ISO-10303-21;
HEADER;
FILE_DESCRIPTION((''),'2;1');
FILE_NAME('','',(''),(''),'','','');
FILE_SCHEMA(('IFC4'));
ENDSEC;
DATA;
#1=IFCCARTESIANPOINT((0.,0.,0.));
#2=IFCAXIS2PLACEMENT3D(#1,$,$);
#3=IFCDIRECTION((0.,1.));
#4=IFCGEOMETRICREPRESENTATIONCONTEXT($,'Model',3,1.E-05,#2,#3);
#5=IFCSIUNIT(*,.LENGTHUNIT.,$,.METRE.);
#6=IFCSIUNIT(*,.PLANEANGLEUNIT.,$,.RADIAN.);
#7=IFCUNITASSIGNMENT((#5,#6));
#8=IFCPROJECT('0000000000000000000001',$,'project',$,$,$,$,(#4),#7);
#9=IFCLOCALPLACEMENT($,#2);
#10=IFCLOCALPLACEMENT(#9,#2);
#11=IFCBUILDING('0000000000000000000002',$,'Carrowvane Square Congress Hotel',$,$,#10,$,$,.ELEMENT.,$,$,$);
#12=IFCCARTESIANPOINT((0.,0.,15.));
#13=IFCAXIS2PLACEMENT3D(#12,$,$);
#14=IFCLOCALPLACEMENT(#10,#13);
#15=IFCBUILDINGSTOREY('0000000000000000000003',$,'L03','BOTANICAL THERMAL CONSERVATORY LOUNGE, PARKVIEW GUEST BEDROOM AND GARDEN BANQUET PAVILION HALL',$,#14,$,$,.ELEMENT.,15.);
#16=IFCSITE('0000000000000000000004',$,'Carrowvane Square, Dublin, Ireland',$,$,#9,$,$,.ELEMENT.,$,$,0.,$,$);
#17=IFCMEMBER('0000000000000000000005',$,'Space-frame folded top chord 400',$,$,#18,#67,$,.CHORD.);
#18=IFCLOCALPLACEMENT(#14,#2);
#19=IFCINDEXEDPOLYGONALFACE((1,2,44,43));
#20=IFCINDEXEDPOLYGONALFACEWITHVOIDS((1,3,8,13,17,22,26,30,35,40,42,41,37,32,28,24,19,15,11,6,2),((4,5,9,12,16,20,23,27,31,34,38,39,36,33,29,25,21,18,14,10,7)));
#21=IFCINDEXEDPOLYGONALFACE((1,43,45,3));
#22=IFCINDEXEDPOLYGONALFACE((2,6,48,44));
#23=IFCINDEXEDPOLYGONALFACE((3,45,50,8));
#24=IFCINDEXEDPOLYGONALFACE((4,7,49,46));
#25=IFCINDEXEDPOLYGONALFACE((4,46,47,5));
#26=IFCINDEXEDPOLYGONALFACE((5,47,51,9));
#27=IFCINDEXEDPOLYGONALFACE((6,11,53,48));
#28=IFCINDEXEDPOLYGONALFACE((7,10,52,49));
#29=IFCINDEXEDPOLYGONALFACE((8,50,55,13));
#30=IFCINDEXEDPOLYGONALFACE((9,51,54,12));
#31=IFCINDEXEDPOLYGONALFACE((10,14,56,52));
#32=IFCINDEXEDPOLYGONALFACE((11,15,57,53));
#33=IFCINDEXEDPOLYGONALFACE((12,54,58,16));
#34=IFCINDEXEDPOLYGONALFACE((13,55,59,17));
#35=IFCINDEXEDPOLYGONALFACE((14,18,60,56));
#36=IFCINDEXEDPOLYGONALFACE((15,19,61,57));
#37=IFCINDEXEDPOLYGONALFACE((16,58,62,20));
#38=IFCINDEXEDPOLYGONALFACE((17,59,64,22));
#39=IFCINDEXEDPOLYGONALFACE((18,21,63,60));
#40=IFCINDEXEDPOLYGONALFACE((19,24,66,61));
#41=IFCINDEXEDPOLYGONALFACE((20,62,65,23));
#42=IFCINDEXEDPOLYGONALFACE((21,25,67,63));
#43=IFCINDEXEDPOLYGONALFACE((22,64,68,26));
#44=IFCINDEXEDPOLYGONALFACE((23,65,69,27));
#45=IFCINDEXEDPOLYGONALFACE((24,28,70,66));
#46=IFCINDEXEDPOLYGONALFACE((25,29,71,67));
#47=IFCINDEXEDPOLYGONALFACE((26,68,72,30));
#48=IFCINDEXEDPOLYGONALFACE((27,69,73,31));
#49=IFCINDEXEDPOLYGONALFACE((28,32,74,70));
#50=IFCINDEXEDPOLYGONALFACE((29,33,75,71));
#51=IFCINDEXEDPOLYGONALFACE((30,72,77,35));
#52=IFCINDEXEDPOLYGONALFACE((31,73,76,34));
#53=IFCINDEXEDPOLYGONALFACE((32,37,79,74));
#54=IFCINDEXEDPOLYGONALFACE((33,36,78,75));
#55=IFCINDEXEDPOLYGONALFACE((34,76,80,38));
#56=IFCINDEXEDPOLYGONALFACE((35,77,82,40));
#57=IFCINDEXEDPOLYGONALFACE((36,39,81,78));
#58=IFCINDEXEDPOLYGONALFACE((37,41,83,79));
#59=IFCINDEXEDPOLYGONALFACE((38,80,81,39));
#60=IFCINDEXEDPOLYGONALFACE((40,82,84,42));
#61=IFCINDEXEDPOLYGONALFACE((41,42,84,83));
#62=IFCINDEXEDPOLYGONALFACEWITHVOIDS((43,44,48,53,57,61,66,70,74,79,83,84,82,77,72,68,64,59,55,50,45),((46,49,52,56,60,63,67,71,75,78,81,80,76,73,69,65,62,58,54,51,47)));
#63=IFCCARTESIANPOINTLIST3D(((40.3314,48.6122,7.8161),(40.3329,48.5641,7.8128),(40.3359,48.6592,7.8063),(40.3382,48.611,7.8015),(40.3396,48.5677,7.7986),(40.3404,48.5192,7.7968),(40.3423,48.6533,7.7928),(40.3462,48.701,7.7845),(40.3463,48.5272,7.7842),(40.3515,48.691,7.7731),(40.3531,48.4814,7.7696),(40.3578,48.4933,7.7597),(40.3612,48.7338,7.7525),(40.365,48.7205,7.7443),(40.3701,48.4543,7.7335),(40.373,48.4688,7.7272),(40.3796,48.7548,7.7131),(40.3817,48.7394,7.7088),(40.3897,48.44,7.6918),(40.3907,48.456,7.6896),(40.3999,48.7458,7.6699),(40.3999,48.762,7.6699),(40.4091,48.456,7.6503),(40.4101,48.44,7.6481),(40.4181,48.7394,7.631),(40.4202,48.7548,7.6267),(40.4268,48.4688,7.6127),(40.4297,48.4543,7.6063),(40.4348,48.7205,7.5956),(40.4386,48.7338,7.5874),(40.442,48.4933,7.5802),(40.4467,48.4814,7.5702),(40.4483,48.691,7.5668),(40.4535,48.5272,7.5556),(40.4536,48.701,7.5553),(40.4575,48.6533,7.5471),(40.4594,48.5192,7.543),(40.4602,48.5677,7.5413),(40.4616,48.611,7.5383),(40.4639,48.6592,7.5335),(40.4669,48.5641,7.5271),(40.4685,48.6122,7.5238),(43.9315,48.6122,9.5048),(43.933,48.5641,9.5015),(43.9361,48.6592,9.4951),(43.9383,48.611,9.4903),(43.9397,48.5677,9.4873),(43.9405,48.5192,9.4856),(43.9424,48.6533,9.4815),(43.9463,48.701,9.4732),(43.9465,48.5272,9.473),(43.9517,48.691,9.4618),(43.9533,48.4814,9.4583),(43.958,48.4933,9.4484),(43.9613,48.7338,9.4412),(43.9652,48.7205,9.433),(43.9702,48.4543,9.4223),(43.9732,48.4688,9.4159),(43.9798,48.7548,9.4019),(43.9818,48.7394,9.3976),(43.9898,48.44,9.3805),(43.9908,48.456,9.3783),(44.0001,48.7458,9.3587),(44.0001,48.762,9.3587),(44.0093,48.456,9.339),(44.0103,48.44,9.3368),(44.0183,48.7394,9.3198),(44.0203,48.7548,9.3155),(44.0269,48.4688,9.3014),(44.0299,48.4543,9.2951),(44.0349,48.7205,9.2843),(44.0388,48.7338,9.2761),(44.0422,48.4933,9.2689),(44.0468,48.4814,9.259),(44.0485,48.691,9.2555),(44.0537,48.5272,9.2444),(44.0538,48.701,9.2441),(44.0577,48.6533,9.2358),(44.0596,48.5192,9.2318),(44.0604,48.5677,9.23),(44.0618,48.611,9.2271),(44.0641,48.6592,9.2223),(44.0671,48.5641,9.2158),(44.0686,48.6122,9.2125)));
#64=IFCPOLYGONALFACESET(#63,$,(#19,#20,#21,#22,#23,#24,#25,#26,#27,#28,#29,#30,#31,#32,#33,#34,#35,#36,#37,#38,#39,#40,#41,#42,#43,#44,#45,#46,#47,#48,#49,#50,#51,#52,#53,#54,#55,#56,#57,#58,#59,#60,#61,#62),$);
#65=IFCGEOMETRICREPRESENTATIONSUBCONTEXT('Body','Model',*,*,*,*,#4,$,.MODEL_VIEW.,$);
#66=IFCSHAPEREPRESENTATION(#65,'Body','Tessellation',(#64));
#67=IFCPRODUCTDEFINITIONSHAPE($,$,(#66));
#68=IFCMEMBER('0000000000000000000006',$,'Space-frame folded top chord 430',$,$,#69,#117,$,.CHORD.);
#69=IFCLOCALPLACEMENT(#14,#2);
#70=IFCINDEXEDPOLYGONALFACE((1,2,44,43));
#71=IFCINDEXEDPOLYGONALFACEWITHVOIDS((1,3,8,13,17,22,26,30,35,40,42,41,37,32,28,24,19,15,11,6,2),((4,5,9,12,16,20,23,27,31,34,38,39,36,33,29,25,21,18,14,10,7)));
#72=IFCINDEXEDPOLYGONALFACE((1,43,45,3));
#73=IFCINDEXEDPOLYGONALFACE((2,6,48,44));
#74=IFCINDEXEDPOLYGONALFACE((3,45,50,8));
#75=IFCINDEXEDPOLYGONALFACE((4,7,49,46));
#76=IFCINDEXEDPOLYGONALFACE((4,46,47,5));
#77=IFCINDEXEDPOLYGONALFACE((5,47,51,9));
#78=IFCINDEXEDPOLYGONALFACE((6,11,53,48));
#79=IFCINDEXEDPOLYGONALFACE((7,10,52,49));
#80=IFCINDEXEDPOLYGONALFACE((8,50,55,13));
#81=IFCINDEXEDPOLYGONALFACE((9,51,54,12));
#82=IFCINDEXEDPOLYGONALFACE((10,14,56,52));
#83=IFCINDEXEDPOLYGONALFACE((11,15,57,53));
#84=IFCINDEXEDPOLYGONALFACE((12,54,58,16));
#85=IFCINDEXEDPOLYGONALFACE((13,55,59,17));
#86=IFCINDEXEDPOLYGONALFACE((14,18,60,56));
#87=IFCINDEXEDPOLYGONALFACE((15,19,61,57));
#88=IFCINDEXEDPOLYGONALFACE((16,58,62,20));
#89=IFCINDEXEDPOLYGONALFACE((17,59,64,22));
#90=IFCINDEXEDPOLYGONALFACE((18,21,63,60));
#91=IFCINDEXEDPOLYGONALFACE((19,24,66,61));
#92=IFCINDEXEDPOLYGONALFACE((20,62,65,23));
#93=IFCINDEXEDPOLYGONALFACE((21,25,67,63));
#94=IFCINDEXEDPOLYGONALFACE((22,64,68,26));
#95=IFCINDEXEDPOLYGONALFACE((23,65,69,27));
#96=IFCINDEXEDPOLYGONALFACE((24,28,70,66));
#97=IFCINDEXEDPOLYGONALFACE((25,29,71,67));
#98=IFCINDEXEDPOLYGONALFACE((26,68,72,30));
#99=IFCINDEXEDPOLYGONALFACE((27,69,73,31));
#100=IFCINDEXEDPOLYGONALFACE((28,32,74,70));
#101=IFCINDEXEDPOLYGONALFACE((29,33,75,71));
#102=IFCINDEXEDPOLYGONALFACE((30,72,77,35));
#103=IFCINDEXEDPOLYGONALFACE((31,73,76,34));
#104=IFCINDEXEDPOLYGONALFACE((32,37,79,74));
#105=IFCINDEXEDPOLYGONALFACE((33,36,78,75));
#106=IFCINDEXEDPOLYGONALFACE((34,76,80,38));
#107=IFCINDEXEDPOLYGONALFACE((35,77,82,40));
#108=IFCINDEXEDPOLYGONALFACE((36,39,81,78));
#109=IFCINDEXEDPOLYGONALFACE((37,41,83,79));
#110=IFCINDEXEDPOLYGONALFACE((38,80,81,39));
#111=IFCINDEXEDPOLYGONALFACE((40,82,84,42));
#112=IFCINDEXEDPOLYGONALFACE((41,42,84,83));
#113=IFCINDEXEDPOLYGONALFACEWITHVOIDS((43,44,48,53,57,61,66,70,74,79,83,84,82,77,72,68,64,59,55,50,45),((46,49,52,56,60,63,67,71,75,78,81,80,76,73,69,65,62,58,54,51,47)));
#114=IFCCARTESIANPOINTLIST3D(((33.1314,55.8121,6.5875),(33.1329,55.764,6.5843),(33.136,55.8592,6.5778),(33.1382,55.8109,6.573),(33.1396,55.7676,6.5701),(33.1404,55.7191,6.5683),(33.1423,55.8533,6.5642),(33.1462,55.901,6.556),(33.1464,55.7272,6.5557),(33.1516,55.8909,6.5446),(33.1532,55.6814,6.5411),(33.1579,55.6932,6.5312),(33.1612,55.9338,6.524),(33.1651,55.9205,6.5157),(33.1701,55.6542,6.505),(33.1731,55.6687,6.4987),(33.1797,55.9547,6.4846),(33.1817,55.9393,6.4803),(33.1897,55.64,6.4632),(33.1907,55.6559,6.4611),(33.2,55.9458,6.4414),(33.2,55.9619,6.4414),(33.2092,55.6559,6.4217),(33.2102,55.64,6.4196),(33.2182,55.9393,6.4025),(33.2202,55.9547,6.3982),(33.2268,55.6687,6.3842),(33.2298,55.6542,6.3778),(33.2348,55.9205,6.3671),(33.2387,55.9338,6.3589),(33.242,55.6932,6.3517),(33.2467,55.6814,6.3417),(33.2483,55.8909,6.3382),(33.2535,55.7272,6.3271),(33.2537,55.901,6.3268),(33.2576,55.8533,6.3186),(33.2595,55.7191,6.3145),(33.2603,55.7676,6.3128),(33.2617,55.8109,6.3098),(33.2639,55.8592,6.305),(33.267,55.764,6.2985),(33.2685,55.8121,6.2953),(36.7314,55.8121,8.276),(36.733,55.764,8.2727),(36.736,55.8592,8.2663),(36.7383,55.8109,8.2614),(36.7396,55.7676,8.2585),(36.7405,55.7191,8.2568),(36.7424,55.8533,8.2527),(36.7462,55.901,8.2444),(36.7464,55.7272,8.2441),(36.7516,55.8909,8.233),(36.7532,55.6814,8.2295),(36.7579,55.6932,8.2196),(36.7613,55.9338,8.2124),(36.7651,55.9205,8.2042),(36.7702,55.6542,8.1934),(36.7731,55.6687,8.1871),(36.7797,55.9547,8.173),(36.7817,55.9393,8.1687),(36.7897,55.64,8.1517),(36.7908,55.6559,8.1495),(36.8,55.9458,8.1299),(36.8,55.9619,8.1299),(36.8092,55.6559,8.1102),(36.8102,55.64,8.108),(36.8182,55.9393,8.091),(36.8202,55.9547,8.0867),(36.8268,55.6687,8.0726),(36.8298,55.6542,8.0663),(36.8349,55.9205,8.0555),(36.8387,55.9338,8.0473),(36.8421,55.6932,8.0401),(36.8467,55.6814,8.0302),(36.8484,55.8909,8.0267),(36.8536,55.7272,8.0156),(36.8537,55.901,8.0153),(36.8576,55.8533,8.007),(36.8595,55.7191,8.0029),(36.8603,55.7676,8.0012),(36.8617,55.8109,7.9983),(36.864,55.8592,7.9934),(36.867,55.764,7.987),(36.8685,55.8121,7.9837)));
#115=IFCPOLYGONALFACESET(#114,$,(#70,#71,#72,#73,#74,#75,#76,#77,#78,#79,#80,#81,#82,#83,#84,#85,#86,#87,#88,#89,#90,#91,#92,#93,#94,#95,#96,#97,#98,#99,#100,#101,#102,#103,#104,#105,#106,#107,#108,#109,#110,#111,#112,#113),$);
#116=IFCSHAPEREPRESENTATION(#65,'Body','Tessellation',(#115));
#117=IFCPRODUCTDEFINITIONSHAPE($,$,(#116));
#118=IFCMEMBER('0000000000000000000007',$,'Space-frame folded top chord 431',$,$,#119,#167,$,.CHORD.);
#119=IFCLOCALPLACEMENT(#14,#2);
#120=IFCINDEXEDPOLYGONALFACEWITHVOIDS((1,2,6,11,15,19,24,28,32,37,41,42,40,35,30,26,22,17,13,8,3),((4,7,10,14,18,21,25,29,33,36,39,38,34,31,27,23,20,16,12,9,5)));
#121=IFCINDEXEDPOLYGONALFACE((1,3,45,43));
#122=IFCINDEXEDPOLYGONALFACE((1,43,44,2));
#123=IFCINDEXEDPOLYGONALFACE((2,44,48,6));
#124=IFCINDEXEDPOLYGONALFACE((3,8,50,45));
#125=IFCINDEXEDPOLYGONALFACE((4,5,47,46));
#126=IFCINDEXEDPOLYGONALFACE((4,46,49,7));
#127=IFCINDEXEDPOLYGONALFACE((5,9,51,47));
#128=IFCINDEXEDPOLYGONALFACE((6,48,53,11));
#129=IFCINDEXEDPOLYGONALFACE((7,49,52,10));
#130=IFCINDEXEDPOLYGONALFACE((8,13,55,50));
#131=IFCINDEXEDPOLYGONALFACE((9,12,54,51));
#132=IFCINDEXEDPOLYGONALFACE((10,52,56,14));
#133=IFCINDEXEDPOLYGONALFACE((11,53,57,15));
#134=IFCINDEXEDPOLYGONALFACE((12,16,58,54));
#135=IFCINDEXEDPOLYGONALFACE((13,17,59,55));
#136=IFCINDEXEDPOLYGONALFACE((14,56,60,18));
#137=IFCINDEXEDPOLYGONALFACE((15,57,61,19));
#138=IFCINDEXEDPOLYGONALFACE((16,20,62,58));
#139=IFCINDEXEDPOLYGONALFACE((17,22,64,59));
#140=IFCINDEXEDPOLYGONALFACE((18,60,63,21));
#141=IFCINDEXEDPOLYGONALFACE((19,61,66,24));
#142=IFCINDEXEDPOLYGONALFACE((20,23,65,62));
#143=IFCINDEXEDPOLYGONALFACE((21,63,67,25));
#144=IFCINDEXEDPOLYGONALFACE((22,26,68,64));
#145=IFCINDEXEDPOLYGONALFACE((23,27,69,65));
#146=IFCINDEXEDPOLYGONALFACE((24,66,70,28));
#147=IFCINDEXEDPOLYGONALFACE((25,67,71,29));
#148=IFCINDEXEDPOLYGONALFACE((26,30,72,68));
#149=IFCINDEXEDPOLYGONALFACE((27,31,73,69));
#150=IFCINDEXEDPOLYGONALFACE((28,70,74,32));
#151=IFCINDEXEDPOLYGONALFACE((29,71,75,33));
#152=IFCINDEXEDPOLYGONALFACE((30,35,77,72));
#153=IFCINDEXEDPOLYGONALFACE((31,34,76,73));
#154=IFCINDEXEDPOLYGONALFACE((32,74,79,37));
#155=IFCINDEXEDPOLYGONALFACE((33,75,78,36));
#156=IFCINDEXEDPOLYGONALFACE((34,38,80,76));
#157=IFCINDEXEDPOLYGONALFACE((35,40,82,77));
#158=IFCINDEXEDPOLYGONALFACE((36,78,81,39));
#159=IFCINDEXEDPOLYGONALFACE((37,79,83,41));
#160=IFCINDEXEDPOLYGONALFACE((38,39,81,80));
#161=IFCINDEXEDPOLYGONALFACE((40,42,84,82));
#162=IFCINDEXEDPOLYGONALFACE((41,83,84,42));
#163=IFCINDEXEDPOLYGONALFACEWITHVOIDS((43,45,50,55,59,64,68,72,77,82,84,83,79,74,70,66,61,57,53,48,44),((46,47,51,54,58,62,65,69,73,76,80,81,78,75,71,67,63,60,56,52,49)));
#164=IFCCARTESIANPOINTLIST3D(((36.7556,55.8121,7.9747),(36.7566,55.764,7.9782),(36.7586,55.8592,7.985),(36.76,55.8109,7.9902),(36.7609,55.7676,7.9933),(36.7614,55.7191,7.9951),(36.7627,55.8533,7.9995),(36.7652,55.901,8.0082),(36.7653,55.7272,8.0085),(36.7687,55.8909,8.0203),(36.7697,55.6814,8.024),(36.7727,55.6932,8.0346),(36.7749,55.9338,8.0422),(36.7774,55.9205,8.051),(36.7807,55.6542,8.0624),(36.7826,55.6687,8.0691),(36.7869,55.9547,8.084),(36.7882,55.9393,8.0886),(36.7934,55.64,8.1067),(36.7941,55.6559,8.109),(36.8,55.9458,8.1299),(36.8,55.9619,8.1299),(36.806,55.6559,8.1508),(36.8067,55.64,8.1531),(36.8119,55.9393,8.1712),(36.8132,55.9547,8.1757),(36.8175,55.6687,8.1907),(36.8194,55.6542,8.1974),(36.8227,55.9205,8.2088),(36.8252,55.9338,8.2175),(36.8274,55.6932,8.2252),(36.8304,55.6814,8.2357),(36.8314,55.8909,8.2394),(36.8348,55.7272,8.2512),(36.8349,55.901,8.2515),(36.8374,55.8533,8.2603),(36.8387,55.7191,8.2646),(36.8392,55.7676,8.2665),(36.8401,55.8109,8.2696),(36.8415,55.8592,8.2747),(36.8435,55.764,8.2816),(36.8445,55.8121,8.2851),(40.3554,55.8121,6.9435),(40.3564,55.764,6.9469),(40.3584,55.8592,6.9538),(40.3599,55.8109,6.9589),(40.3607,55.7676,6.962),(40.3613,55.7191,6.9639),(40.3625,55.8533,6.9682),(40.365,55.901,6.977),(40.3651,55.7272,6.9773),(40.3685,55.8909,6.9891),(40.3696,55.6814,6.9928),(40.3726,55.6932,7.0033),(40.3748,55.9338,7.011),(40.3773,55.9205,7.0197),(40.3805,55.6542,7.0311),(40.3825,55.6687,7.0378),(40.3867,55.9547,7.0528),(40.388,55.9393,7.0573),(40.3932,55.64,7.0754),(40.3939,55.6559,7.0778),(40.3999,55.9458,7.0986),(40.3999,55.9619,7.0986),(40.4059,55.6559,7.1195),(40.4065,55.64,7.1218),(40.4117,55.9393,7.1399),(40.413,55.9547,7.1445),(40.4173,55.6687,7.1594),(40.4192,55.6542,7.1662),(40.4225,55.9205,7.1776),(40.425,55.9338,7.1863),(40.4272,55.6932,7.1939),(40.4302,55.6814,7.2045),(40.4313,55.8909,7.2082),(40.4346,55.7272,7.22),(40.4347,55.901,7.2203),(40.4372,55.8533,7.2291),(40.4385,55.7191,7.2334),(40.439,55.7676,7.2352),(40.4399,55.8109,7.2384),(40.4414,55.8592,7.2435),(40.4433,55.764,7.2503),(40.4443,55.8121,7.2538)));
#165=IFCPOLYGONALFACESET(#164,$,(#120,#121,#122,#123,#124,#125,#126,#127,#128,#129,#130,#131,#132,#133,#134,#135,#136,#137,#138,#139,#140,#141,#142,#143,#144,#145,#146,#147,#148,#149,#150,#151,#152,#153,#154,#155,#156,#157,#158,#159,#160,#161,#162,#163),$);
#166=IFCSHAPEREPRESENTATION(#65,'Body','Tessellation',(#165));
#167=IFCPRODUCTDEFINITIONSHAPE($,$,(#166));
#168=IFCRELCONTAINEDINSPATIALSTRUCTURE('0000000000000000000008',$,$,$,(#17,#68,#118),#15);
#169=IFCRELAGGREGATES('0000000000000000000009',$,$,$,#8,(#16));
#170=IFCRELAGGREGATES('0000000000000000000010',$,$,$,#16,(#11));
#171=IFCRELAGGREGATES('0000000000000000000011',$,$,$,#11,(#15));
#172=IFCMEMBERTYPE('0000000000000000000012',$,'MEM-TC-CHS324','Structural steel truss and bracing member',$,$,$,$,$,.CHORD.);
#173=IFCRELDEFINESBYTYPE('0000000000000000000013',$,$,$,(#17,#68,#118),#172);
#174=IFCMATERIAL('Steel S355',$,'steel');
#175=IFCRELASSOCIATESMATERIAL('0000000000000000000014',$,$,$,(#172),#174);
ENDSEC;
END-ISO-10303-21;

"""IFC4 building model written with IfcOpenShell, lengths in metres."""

from ifc_helpers import new_model, si_unit, direction, frame, origin, origin_2d, place, context, subcontext, project, spatial, hollow_circle, extrude, material, material_profile, profile_set, type_object, element, save


model = new_model("IFC4")

# Units and contexts
model_context = context("Model", 3, precision=1e-05, world=origin(), true_north=direction((0.0, 1.0)))
body_context = subcontext(model_context, "Body", "Model", "MODEL_VIEW")
ifc_project = project(units=[si_unit("LENGTHUNIT", "METRE"), si_unit("PLANEANGLEUNIT", "RADIAN")], contexts=[model_context])

# Site, building, storey
site_placement = place(None, origin())
site = spatial("IfcSite", under=ifc_project, at=site_placement, Name="Carrowvane Square, Dublin, Ireland", CompositionType="ELEMENT", RefElevation=0.0)
building_placement = place(site_placement, origin())
building = spatial("IfcBuilding", under=site, at=building_placement, Name="Carrowvane Square Congress Hotel", CompositionType="ELEMENT")
storey_placement = place(building_placement, frame((0.0, 0.0, 15.0)))
storey = spatial("IfcBuildingStorey", under=building, at=storey_placement, Name="L03", Description="BOTANICAL THERMAL CONSERVATORY LOUNGE, PARKVIEW GUEST BEDROOM AND GARDEN BANQUET PAVILION HALL", CompositionType="ELEMENT", Elevation=15.0)

# Members
ifc_material_1 = material(Name="Steel S355", Category="steel")
ifc_material_profile_1 = material_profile(ifc_material_1, hollow_circle(Radius=0.1619, WallThickness=0.0161, at=origin_2d()), Name="CHS 323.9x16")
ifc_profile_set_1 = profile_set([ifc_material_profile_1], Name="Steel S355")
member_type_1 = type_object("IfcMemberType", Name="MEM-TC-CHS324", Description="Structural steel truss and bracing member", PredefinedType="CHORD", material=ifc_profile_set_1)
member_1_placement = place(storey_placement, frame((40.3999, 48.6001, 7.6699), z_axis=(0.905345, 0.0, 0.424676), x_axis=(0.0, 1.0, 0.0)))
element("IfcMember", 1, at=member_1_placement, inside=storey, type_object=member_type_1, Name="Space-frame folded top chord 400", PredefinedType="CHORD", context=body_context, shape_type="SweptSolid", body=[
    extrude(hollow_circle(Radius=0.1619, WallThickness=0.0161, at=origin_2d()), origin(), (0.0, 0.0, 1.0), 3.9766),
])
member_2_placement = place(storey_placement, frame((33.2, 55.8, 6.4414), z_axis=(0.905369, 0.0, 0.424626), x_axis=(0.0, 1.0, 0.0)))
element("IfcMember", 2, at=member_2_placement, inside=storey, type_object=member_type_1, Name="Space-frame folded top chord 430", PredefinedType="CHORD", context=body_context, shape_type="SweptSolid", body=[
    extrude(hollow_circle(Radius=0.1619, WallThickness=0.0161, at=origin_2d()), origin(), (0.0, 0.0, 1.0), 3.9763),
])
member_3_placement = place(storey_placement, frame((36.8, 55.8, 8.1299), z_axis=(0.961332, 0.0, -0.275393), x_axis=(0.0, 1.0, 0.0)))
element("IfcMember", 3, at=member_3_placement, inside=storey, type_object=member_type_1, Name="Space-frame folded top chord 431", PredefinedType="CHORD", context=body_context, shape_type="SweptSolid", body=[
    extrude(hollow_circle(Radius=0.1619, WallThickness=0.0161, at=origin_2d()), origin(), (0.0, 0.0, 1.0), 3.7446),
])

save(model, "model.ifc")
